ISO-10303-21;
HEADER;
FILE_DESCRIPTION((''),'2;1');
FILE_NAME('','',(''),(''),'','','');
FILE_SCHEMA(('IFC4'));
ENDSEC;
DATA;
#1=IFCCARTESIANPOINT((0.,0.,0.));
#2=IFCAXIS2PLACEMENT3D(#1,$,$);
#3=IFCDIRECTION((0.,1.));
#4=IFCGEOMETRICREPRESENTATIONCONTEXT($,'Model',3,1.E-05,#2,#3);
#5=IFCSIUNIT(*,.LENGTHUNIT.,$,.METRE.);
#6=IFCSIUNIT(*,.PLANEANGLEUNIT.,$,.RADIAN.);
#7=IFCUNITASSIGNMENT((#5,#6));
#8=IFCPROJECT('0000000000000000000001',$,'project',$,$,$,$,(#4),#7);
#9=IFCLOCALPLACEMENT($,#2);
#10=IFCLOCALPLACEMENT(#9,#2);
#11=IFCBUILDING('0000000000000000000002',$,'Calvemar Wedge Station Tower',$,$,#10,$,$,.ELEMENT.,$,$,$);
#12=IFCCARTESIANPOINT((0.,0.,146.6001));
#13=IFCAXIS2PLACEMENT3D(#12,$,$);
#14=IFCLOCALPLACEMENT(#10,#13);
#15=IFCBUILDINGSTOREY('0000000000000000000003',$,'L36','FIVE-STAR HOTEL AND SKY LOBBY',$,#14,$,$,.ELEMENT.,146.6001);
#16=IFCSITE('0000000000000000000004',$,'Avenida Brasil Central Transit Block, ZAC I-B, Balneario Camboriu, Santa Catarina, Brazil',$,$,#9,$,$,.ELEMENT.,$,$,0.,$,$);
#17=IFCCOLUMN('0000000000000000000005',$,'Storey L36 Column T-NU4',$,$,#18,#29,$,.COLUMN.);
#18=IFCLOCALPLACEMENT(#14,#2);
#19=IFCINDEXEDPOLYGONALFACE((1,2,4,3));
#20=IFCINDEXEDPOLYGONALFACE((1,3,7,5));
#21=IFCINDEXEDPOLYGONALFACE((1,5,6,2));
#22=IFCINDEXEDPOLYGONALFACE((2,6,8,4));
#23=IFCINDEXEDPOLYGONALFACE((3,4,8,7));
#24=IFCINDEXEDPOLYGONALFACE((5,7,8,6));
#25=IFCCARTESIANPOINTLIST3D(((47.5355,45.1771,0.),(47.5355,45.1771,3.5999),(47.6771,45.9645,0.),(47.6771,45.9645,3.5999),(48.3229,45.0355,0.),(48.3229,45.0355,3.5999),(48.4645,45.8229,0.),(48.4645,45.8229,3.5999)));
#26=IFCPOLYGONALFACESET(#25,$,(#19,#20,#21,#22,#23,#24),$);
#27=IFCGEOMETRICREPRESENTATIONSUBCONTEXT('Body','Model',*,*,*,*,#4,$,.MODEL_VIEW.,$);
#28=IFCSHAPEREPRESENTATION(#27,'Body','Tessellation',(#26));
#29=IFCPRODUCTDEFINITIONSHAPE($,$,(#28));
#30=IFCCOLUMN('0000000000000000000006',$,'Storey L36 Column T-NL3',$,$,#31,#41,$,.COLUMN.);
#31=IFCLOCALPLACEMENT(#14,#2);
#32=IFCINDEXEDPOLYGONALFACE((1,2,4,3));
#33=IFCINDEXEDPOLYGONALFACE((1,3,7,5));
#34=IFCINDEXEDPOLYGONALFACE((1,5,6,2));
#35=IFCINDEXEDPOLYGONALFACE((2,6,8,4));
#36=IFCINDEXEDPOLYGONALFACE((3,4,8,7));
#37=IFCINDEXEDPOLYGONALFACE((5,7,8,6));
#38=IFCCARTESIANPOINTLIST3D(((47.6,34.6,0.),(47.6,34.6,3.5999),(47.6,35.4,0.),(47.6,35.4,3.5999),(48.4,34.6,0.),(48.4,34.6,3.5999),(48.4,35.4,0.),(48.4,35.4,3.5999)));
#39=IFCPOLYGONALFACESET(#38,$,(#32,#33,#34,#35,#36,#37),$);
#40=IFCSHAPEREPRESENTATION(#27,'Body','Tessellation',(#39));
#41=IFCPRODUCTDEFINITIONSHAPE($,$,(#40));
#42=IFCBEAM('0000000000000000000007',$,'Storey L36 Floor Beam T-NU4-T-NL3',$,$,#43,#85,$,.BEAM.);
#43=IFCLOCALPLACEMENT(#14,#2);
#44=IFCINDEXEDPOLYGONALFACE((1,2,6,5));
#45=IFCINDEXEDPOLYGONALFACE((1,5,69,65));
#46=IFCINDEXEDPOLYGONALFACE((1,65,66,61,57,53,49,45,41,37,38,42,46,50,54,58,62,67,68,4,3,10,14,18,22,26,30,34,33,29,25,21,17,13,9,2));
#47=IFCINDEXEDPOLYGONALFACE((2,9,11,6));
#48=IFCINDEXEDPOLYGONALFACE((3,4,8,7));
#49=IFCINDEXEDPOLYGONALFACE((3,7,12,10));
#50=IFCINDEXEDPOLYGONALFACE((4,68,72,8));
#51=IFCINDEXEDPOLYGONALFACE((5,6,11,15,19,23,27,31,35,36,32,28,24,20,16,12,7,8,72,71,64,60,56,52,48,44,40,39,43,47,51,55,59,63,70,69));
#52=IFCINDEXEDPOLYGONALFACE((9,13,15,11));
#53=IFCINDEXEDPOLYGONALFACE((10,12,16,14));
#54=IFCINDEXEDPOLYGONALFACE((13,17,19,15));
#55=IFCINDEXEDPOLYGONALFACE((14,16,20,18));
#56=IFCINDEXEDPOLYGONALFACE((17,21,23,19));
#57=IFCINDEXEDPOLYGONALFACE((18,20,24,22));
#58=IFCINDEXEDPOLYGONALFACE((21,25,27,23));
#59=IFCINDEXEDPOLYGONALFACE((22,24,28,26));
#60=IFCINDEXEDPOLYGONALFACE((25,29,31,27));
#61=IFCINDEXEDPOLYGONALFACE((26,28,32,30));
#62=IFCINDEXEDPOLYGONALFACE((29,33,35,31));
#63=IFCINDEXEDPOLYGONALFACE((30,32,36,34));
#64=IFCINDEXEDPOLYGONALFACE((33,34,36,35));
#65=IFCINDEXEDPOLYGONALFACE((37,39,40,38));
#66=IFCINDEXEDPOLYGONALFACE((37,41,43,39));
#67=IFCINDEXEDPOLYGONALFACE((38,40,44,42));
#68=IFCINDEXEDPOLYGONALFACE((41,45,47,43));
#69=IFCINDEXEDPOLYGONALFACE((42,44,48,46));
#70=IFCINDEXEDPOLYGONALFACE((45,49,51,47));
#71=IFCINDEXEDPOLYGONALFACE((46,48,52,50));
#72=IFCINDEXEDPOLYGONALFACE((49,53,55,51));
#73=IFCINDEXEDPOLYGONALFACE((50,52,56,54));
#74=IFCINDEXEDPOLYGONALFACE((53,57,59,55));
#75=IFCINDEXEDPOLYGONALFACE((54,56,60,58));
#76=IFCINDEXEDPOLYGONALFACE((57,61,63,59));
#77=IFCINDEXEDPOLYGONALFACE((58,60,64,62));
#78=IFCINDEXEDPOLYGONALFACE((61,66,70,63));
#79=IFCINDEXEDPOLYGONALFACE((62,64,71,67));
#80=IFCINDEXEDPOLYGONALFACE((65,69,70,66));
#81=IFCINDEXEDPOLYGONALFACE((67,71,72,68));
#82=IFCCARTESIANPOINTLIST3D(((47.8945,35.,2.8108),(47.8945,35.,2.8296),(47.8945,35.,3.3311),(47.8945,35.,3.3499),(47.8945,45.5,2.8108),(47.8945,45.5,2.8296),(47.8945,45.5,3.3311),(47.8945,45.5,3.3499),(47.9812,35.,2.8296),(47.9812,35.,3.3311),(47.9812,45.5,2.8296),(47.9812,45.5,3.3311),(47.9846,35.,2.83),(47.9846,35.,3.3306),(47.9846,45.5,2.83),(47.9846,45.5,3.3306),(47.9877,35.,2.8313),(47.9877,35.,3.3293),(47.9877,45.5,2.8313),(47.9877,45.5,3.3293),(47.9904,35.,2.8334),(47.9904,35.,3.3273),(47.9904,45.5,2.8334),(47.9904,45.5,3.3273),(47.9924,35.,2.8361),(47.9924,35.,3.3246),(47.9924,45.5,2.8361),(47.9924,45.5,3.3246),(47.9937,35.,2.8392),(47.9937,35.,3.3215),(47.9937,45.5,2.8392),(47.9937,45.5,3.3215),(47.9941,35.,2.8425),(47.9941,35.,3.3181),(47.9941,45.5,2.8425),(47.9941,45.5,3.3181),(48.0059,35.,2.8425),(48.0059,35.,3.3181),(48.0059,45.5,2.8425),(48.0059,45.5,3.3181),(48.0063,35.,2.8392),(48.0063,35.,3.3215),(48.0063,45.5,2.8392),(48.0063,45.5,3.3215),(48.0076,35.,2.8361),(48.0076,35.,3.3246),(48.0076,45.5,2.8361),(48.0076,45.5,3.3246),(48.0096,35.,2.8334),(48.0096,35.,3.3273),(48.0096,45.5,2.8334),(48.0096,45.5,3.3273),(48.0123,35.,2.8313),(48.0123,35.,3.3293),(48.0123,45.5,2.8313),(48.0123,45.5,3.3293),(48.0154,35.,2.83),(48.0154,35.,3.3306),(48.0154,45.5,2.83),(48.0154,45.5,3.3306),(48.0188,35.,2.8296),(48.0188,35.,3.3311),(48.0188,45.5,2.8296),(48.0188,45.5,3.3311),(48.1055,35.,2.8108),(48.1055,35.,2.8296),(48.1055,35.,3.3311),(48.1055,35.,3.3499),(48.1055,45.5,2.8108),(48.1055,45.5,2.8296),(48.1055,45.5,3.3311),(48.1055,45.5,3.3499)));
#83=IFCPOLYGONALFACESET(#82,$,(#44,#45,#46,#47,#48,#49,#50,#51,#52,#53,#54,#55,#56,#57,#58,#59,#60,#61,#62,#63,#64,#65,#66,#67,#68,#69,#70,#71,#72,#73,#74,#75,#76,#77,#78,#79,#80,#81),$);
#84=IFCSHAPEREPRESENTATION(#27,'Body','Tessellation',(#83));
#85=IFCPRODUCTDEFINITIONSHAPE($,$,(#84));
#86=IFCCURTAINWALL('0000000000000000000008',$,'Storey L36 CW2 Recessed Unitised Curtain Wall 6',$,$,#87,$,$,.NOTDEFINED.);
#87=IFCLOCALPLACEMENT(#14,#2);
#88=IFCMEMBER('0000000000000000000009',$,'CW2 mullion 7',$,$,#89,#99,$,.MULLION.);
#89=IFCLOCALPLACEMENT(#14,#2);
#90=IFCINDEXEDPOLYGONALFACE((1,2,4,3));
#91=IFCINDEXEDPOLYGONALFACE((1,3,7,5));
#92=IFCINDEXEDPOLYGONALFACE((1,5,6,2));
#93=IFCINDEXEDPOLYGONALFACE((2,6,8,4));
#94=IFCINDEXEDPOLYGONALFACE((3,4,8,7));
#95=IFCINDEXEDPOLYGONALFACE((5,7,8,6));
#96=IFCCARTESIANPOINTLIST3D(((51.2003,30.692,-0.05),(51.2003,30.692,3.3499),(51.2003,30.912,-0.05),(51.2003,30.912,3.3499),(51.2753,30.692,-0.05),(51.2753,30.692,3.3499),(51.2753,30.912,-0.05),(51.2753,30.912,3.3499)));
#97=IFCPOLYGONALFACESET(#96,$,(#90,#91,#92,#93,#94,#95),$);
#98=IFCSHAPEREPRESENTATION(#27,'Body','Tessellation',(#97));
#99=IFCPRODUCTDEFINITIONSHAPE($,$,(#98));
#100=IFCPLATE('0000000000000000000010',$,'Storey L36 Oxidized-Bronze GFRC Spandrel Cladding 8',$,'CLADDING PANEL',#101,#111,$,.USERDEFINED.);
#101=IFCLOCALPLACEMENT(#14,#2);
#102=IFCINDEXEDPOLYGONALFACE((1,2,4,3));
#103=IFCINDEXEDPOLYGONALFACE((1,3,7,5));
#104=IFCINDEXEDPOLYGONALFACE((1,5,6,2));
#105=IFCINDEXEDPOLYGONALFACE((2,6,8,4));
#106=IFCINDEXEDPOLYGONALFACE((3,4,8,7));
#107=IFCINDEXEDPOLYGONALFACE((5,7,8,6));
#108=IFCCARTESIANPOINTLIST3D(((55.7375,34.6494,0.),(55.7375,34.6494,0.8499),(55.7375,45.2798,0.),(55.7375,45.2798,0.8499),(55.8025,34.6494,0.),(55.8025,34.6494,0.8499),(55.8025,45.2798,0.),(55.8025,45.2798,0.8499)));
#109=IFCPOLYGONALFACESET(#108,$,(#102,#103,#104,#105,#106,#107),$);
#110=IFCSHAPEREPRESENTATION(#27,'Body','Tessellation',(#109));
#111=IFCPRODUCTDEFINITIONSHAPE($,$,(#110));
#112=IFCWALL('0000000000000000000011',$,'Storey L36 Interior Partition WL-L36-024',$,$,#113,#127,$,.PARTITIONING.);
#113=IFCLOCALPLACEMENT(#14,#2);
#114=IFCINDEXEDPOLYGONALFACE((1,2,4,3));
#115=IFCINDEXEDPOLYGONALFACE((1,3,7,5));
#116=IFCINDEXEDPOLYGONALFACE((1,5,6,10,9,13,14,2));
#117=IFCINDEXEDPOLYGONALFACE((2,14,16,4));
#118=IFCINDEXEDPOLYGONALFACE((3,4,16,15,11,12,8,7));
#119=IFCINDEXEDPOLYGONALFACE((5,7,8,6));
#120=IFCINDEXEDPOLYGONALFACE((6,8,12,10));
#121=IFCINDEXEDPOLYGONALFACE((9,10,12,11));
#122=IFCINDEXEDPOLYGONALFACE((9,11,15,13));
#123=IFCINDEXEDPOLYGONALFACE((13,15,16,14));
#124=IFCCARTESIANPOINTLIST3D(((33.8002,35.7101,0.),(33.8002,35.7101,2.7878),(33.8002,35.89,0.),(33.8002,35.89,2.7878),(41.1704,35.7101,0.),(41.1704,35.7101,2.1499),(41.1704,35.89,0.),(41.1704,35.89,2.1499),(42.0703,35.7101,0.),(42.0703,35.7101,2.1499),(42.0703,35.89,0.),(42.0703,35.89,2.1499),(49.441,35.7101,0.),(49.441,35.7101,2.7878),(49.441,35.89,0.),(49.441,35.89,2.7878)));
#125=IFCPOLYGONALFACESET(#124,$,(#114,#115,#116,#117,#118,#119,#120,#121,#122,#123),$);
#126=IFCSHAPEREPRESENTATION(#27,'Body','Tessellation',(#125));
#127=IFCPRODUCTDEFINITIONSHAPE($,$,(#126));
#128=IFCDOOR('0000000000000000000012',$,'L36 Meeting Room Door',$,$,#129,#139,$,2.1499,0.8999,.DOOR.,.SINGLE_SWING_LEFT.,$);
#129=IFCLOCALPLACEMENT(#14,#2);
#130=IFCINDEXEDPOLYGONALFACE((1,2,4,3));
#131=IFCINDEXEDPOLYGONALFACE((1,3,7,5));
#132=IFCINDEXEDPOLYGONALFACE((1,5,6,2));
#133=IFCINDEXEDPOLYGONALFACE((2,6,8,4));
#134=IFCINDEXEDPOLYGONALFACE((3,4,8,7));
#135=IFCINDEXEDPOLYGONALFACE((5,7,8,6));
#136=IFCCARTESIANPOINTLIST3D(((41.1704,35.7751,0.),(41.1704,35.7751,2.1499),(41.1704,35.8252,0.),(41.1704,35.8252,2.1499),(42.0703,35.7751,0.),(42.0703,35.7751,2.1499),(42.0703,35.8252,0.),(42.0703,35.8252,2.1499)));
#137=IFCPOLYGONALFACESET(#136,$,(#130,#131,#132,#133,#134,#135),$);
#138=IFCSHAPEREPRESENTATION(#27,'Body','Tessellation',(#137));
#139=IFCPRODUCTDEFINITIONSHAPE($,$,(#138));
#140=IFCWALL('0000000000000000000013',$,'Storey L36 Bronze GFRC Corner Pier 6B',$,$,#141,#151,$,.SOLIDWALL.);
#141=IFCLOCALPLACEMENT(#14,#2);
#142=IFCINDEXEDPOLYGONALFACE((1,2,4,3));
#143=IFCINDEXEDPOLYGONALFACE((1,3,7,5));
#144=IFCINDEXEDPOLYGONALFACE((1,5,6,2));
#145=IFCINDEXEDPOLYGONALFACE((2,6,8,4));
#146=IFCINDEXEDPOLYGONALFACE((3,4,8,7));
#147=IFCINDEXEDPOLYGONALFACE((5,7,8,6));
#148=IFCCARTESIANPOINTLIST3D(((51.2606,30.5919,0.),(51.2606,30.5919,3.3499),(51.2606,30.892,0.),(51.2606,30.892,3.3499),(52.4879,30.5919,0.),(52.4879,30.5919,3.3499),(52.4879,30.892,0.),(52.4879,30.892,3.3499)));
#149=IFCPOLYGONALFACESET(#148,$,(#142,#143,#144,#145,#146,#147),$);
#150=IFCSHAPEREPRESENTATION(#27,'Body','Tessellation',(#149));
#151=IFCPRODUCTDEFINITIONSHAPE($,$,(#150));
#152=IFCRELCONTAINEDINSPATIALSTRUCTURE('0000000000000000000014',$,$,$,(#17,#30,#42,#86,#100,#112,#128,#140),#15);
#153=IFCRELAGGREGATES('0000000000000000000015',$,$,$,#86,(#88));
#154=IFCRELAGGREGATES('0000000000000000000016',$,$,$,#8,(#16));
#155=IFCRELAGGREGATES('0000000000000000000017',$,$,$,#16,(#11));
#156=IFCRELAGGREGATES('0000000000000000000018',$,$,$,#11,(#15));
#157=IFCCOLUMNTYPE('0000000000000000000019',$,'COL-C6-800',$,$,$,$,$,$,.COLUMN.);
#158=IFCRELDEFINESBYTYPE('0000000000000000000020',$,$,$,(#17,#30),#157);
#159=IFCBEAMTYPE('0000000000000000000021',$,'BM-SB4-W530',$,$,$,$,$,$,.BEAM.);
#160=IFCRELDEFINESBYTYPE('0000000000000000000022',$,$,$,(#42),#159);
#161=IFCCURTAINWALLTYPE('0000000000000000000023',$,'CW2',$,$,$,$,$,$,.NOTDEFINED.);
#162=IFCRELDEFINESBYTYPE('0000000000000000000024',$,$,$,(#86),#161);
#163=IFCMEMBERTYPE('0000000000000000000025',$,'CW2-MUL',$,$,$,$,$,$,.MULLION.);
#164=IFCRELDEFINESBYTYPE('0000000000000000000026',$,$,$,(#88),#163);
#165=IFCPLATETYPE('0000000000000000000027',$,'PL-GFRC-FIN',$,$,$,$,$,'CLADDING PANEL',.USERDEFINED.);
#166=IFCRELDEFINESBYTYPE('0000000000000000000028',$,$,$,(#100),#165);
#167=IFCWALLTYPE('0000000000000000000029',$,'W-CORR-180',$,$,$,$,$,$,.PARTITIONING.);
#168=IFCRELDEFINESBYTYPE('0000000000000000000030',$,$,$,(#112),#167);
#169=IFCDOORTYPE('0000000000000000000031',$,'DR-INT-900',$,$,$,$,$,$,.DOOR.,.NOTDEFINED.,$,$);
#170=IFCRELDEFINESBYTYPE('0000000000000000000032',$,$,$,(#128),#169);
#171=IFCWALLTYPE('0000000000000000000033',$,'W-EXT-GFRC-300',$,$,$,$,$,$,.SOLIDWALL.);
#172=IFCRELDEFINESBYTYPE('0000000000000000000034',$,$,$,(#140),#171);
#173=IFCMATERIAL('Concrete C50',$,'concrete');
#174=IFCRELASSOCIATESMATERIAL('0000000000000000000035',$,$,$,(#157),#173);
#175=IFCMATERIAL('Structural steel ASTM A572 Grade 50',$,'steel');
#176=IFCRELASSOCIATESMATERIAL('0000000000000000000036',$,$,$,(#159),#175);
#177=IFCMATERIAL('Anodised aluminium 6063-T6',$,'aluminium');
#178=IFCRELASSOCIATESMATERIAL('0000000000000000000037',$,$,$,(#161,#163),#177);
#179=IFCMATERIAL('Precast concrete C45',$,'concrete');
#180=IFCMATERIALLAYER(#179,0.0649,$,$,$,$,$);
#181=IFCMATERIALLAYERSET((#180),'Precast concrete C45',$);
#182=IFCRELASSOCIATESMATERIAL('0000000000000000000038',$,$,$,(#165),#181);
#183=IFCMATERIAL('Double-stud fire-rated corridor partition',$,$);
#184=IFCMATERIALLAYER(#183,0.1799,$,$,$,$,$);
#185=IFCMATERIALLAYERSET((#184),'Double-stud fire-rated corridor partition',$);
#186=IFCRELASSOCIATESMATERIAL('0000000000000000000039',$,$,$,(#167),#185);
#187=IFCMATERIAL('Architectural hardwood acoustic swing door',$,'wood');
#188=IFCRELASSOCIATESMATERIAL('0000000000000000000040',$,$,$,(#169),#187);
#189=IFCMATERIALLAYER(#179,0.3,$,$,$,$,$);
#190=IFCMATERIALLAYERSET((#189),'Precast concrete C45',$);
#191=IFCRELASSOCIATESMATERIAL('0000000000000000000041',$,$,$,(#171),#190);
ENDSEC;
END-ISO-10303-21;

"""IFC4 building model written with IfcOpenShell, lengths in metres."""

from ifc_helpers import new_model, si_unit, direction, frame, frame_2d, origin, origin_2d, place, context, subcontext, project, spatial, rectangle, i_section, extrude, source, transform, mapped, material, layer, layer_set, material_profile, profile_set, type_object, element, fill, aggregate, save


model = new_model("IFC4")

# Units and contexts
model_context = context("Model", 3, precision=1e-05, world=origin(), true_north=direction((0.0, 1.0)))
body_context = subcontext(model_context, "Body", "Model", "MODEL_VIEW")
ifc_project = project(units=[si_unit("LENGTHUNIT", "METRE"), si_unit("PLANEANGLEUNIT", "RADIAN")], contexts=[model_context])

# Site, building, storey
site_placement = place(None, origin())
site = spatial("IfcSite", under=ifc_project, at=site_placement, Name="Avenida Brasil Central Transit Block, ZAC I-B, Balneario Camboriu, Santa Catarina, Brazil", CompositionType="ELEMENT", RefElevation=0.0)
building_placement = place(site_placement, origin())
building = spatial("IfcBuilding", under=site, at=building_placement, Name="Calvemar Wedge Station Tower", CompositionType="ELEMENT")
storey_placement = place(building_placement, frame((0.0, 0.0, 146.6001)))
storey = spatial("IfcBuildingStorey", under=building, at=storey_placement, Name="L36", Description="FIVE-STAR HOTEL AND SKY LOBBY", CompositionType="ELEMENT", Elevation=146.6001)

# Columns
ifc_material_1 = material(Name="Concrete C50", Category="concrete")
ifc_material_profile_1 = material_profile(ifc_material_1, rectangle(XDim=0.8, YDim=0.8, at=origin_2d()), Name="RC800x800")
ifc_profile_set_1 = profile_set([ifc_material_profile_1], Name="Concrete C50")
column_type = type_object("IfcColumnType", Name="COL-C6-800", PredefinedType="COLUMN", material=ifc_profile_set_1)
shared_shape_1 = source(origin(), body_context, "Body", "SweptSolid", [
    extrude(rectangle(XDim=0.8, YDim=0.8, at=origin_2d()), origin(), (0.0, 0.0, 1.0), 3.5999),
])
for number, where, z_axis, x_axis, name in (
    (1, (48.0, 45.5, 0.0), (0.0, 0.0, 1.0), (0.984196, -0.177085, 0.0), "Storey L36 Column T-NU4"),
    (2, (48.0, 35.0, 0.0), (0.0, 0.0, 1.0), (1.0, 0.0, 0.0), "Storey L36 Column T-NL3"),
):
    element("IfcColumn", number, at=place(storey_placement, frame(where, z_axis=z_axis, x_axis=x_axis)), inside=storey, type_object=column_type, Name=name, PredefinedType="COLUMN", context=body_context, shape_type="MappedRepresentation", body=[
        mapped(shared_shape_1, transform((0.0, 0.0, 0.0), scale=1.0)),
    ])

# Beam
ifc_material_2 = material(Name="Structural steel ASTM A572 Grade 50", Category="steel")
ifc_material_profile_2 = material_profile(ifc_material_2, i_section(OverallWidth=0.2109, OverallDepth=0.5391, WebThickness=0.0117, FlangeThickness=0.0188, FilletRadius=0.0129, at=origin_2d()), Name="W530x109")
ifc_profile_set_2 = profile_set([ifc_material_profile_2], Name="Structural steel ASTM A572 Grade 50")
beam_type = type_object("IfcBeamType", Name="BM-SB4-W530", PredefinedType="BEAM", material=ifc_profile_set_2)
shared_shape_2 = source(origin(), body_context, "Body", "SweptSolid", [
    extrude(i_section(OverallWidth=0.2109, OverallDepth=0.5391, WebThickness=0.0117, FlangeThickness=0.0188, FilletRadius=0.0129, at=origin_2d()), origin(), (0.0, 0.0, 1.0), 10.5),
])
beam_placement = place(storey_placement, frame((48.0, 45.5, 3.0803), z_axis=(0.0, -1.0, 0.0), x_axis=(1.0, 0.0, 0.0)))
element("IfcBeam", 3, at=beam_placement, inside=storey, type_object=beam_type, Name="Storey L36 Floor Beam T-NU4-T-NL3", PredefinedType="BEAM", context=body_context, shape_type="MappedRepresentation", body=[
    mapped(shared_shape_2, transform((0.0, 0.0, 0.0), scale=1.0)),
])

# Curtain wall, member
ifc_material_3 = material(Name="Anodised aluminium 6063-T6", Category="aluminium")
curtain_wall_type = type_object("IfcCurtainWallType", Name="CW2", PredefinedType="NOTDEFINED", material=ifc_material_3)
curtain_wall_placement = place(storey_placement, origin())
curtain_wall = element("IfcCurtainWall", 4, at=curtain_wall_placement, inside=storey, type_object=curtain_wall_type, Name="Storey L36 CW2 Recessed Unitised Curtain Wall 6", PredefinedType="NOTDEFINED")
ifc_material_profile_3 = material_profile(ifc_material_3, rectangle(XDim=0.075, YDim=0.22, at=origin_2d()), Name="AL-MUL-75x220")
ifc_profile_set_3 = profile_set([ifc_material_profile_3], Name="Anodised aluminium 6063-T6")
member_type = type_object("IfcMemberType", Name="CW2-MUL", PredefinedType="MULLION", material=ifc_profile_set_3)
shared_shape_3 = source(origin(), body_context, "Body", "SweptSolid", [
    extrude(rectangle(XDim=0.075, YDim=0.22, at=origin_2d()), origin(), (0.0, 0.0, 1.0), 3.3999),
])
member_placement = place(storey_placement, frame((51.2378, 30.802, -0.05), z_axis=(0.0, 0.0, 1.0), x_axis=(1.0, 0.0, 0.0)))
member = element("IfcMember", 5, at=member_placement, type_object=member_type, Name="CW2 mullion 7", PredefinedType="MULLION", context=body_context, shape_type="MappedRepresentation", body=[
    mapped(shared_shape_3, transform((0.0, 0.0, 0.0), scale=1.0)),
])
aggregate(curtain_wall, [member])

# Plate
ifc_material_4 = material(Name="Precast concrete C45", Category="concrete")
ifc_layer_1 = layer(ifc_material_4, 0.0649)
ifc_layer_set_1 = layer_set([ifc_layer_1], Name="Precast concrete C45")
plate_type = type_object("IfcPlateType", Name="PL-GFRC-FIN", ElementType="CLADDING PANEL", PredefinedType="USERDEFINED", material=ifc_layer_set_1)
plate_placement = place(storey_placement, frame((55.77, 34.6494, 0.0), z_axis=(0.0, 0.0, 1.0), x_axis=(0.0, 1.0, 0.0)))
element("IfcPlate", 6, at=plate_placement, inside=storey, type_object=plate_type, Name="Storey L36 Oxidized-Bronze GFRC Spandrel Cladding 8", ObjectType="CLADDING PANEL", PredefinedType="USERDEFINED", context=body_context, shape_type="SweptSolid", body=[
    extrude(rectangle(XDim=10.6304, YDim=0.0649, at=frame_2d((5.3152, 0.0))), origin(), (0.0, 0.0, 1.0), 0.8499),
])

# Wall, opening, door
ifc_material_5 = material(Name="Double-stud fire-rated corridor partition")
ifc_layer_2 = layer(ifc_material_5, 0.1799)
ifc_layer_set_2 = layer_set([ifc_layer_2], Name="Double-stud fire-rated corridor partition")
wall_type_1 = type_object("IfcWallType", Name="W-CORR-180", PredefinedType="PARTITIONING", material=ifc_layer_set_2)
shared_shape_4 = source(origin(), body_context, "Body", "SweptSolid", [
    extrude(rectangle(XDim=0.8999, YDim=2.1499, at=frame_2d((0.45, 1.075))), frame((0.0, 0.1001, 0.0), z_axis=(0.0, -1.0, 0.0), x_axis=(1.0, 0.0, 0.0)), (0.0, 0.0, 1.0), 0.2),
])
wall_1_placement = place(storey_placement, frame((49.4409, 35.8, 0.0), z_axis=(0.0, 0.0, 1.0), x_axis=(-1.0, 0.0, 0.0)))
wall_1 = element("IfcWall", 7, at=wall_1_placement, inside=storey, type_object=wall_type_1, Name="Storey L36 Interior Partition WL-L36-024", PredefinedType="PARTITIONING", context=body_context, shape_type="SweptSolid", body=[
    extrude(rectangle(XDim=15.6409, YDim=0.1799, at=frame_2d((7.8203, 0.0))), origin(), (0.0, 0.0, 1.0), 2.7878),
])
opening_1_placement = place(wall_1_placement, frame((7.3706, 0.0, 0.0)))
opening_1 = element("IfcOpeningElement", 8, at=opening_1_placement, cuts=wall_1, PredefinedType="OPENING", context=body_context, shape_type="MappedRepresentation", body=[
    mapped(shared_shape_4, transform((0.0, 0.0, 0.0), scale=1.0)),
])
ifc_material_6 = material(Name="Architectural hardwood acoustic swing door", Category="wood")
door_type_1 = type_object("IfcDoorType", Name="DR-INT-900", OperationType="NOTDEFINED", PredefinedType="DOOR", material=ifc_material_6)
shared_shape_5 = source(origin(), body_context, "Body", "SweptSolid", [
    extrude(rectangle(XDim=0.8999, YDim=2.1499, at=frame_2d((0.45, 1.075))), frame((0.0, 0.0249, 0.0), z_axis=(0.0, -1.0, 0.0), x_axis=(1.0, 0.0, 0.0)), (0.0, 0.0, 1.0), 0.05),
])
door_1_placement = place(opening_1_placement, origin())
door_1 = element("IfcDoor", 9, at=door_1_placement, inside=storey, type_object=door_type_1, Name="L36 Meeting Room Door", OperationType="SINGLE_SWING_LEFT", OverallHeight=2.1499, OverallWidth=0.8999, PredefinedType="DOOR", context=body_context, shape_type="MappedRepresentation", body=[
    mapped(shared_shape_5, transform((0.0, 0.0, 0.0), scale=1.0)),
])
fill(opening_1, door_1)

# Wall
ifc_layer_3 = layer(ifc_material_4, 0.3)
ifc_layer_set_3 = layer_set([ifc_layer_3], Name="Precast concrete C45")
wall_type_2 = type_object("IfcWallType", Name="W-EXT-GFRC-300", PredefinedType="SOLIDWALL", material=ifc_layer_set_3)
wall_2_placement = place(storey_placement, frame((51.2605, 30.7419, 0.0), z_axis=(0.0, 0.0, 1.0), x_axis=(1.0, 0.0, 0.0)))
element("IfcWall", 10, at=wall_2_placement, inside=storey, type_object=wall_type_2, Name="Storey L36 Bronze GFRC Corner Pier 6B", PredefinedType="SOLIDWALL", context=body_context, shape_type="SweptSolid", body=[
    extrude(rectangle(XDim=1.2273, YDim=0.3, at=frame_2d((0.6138, 0.0))), origin(), (0.0, 0.0, 1.0), 3.3499),
])

save(model, "model.ifc")
